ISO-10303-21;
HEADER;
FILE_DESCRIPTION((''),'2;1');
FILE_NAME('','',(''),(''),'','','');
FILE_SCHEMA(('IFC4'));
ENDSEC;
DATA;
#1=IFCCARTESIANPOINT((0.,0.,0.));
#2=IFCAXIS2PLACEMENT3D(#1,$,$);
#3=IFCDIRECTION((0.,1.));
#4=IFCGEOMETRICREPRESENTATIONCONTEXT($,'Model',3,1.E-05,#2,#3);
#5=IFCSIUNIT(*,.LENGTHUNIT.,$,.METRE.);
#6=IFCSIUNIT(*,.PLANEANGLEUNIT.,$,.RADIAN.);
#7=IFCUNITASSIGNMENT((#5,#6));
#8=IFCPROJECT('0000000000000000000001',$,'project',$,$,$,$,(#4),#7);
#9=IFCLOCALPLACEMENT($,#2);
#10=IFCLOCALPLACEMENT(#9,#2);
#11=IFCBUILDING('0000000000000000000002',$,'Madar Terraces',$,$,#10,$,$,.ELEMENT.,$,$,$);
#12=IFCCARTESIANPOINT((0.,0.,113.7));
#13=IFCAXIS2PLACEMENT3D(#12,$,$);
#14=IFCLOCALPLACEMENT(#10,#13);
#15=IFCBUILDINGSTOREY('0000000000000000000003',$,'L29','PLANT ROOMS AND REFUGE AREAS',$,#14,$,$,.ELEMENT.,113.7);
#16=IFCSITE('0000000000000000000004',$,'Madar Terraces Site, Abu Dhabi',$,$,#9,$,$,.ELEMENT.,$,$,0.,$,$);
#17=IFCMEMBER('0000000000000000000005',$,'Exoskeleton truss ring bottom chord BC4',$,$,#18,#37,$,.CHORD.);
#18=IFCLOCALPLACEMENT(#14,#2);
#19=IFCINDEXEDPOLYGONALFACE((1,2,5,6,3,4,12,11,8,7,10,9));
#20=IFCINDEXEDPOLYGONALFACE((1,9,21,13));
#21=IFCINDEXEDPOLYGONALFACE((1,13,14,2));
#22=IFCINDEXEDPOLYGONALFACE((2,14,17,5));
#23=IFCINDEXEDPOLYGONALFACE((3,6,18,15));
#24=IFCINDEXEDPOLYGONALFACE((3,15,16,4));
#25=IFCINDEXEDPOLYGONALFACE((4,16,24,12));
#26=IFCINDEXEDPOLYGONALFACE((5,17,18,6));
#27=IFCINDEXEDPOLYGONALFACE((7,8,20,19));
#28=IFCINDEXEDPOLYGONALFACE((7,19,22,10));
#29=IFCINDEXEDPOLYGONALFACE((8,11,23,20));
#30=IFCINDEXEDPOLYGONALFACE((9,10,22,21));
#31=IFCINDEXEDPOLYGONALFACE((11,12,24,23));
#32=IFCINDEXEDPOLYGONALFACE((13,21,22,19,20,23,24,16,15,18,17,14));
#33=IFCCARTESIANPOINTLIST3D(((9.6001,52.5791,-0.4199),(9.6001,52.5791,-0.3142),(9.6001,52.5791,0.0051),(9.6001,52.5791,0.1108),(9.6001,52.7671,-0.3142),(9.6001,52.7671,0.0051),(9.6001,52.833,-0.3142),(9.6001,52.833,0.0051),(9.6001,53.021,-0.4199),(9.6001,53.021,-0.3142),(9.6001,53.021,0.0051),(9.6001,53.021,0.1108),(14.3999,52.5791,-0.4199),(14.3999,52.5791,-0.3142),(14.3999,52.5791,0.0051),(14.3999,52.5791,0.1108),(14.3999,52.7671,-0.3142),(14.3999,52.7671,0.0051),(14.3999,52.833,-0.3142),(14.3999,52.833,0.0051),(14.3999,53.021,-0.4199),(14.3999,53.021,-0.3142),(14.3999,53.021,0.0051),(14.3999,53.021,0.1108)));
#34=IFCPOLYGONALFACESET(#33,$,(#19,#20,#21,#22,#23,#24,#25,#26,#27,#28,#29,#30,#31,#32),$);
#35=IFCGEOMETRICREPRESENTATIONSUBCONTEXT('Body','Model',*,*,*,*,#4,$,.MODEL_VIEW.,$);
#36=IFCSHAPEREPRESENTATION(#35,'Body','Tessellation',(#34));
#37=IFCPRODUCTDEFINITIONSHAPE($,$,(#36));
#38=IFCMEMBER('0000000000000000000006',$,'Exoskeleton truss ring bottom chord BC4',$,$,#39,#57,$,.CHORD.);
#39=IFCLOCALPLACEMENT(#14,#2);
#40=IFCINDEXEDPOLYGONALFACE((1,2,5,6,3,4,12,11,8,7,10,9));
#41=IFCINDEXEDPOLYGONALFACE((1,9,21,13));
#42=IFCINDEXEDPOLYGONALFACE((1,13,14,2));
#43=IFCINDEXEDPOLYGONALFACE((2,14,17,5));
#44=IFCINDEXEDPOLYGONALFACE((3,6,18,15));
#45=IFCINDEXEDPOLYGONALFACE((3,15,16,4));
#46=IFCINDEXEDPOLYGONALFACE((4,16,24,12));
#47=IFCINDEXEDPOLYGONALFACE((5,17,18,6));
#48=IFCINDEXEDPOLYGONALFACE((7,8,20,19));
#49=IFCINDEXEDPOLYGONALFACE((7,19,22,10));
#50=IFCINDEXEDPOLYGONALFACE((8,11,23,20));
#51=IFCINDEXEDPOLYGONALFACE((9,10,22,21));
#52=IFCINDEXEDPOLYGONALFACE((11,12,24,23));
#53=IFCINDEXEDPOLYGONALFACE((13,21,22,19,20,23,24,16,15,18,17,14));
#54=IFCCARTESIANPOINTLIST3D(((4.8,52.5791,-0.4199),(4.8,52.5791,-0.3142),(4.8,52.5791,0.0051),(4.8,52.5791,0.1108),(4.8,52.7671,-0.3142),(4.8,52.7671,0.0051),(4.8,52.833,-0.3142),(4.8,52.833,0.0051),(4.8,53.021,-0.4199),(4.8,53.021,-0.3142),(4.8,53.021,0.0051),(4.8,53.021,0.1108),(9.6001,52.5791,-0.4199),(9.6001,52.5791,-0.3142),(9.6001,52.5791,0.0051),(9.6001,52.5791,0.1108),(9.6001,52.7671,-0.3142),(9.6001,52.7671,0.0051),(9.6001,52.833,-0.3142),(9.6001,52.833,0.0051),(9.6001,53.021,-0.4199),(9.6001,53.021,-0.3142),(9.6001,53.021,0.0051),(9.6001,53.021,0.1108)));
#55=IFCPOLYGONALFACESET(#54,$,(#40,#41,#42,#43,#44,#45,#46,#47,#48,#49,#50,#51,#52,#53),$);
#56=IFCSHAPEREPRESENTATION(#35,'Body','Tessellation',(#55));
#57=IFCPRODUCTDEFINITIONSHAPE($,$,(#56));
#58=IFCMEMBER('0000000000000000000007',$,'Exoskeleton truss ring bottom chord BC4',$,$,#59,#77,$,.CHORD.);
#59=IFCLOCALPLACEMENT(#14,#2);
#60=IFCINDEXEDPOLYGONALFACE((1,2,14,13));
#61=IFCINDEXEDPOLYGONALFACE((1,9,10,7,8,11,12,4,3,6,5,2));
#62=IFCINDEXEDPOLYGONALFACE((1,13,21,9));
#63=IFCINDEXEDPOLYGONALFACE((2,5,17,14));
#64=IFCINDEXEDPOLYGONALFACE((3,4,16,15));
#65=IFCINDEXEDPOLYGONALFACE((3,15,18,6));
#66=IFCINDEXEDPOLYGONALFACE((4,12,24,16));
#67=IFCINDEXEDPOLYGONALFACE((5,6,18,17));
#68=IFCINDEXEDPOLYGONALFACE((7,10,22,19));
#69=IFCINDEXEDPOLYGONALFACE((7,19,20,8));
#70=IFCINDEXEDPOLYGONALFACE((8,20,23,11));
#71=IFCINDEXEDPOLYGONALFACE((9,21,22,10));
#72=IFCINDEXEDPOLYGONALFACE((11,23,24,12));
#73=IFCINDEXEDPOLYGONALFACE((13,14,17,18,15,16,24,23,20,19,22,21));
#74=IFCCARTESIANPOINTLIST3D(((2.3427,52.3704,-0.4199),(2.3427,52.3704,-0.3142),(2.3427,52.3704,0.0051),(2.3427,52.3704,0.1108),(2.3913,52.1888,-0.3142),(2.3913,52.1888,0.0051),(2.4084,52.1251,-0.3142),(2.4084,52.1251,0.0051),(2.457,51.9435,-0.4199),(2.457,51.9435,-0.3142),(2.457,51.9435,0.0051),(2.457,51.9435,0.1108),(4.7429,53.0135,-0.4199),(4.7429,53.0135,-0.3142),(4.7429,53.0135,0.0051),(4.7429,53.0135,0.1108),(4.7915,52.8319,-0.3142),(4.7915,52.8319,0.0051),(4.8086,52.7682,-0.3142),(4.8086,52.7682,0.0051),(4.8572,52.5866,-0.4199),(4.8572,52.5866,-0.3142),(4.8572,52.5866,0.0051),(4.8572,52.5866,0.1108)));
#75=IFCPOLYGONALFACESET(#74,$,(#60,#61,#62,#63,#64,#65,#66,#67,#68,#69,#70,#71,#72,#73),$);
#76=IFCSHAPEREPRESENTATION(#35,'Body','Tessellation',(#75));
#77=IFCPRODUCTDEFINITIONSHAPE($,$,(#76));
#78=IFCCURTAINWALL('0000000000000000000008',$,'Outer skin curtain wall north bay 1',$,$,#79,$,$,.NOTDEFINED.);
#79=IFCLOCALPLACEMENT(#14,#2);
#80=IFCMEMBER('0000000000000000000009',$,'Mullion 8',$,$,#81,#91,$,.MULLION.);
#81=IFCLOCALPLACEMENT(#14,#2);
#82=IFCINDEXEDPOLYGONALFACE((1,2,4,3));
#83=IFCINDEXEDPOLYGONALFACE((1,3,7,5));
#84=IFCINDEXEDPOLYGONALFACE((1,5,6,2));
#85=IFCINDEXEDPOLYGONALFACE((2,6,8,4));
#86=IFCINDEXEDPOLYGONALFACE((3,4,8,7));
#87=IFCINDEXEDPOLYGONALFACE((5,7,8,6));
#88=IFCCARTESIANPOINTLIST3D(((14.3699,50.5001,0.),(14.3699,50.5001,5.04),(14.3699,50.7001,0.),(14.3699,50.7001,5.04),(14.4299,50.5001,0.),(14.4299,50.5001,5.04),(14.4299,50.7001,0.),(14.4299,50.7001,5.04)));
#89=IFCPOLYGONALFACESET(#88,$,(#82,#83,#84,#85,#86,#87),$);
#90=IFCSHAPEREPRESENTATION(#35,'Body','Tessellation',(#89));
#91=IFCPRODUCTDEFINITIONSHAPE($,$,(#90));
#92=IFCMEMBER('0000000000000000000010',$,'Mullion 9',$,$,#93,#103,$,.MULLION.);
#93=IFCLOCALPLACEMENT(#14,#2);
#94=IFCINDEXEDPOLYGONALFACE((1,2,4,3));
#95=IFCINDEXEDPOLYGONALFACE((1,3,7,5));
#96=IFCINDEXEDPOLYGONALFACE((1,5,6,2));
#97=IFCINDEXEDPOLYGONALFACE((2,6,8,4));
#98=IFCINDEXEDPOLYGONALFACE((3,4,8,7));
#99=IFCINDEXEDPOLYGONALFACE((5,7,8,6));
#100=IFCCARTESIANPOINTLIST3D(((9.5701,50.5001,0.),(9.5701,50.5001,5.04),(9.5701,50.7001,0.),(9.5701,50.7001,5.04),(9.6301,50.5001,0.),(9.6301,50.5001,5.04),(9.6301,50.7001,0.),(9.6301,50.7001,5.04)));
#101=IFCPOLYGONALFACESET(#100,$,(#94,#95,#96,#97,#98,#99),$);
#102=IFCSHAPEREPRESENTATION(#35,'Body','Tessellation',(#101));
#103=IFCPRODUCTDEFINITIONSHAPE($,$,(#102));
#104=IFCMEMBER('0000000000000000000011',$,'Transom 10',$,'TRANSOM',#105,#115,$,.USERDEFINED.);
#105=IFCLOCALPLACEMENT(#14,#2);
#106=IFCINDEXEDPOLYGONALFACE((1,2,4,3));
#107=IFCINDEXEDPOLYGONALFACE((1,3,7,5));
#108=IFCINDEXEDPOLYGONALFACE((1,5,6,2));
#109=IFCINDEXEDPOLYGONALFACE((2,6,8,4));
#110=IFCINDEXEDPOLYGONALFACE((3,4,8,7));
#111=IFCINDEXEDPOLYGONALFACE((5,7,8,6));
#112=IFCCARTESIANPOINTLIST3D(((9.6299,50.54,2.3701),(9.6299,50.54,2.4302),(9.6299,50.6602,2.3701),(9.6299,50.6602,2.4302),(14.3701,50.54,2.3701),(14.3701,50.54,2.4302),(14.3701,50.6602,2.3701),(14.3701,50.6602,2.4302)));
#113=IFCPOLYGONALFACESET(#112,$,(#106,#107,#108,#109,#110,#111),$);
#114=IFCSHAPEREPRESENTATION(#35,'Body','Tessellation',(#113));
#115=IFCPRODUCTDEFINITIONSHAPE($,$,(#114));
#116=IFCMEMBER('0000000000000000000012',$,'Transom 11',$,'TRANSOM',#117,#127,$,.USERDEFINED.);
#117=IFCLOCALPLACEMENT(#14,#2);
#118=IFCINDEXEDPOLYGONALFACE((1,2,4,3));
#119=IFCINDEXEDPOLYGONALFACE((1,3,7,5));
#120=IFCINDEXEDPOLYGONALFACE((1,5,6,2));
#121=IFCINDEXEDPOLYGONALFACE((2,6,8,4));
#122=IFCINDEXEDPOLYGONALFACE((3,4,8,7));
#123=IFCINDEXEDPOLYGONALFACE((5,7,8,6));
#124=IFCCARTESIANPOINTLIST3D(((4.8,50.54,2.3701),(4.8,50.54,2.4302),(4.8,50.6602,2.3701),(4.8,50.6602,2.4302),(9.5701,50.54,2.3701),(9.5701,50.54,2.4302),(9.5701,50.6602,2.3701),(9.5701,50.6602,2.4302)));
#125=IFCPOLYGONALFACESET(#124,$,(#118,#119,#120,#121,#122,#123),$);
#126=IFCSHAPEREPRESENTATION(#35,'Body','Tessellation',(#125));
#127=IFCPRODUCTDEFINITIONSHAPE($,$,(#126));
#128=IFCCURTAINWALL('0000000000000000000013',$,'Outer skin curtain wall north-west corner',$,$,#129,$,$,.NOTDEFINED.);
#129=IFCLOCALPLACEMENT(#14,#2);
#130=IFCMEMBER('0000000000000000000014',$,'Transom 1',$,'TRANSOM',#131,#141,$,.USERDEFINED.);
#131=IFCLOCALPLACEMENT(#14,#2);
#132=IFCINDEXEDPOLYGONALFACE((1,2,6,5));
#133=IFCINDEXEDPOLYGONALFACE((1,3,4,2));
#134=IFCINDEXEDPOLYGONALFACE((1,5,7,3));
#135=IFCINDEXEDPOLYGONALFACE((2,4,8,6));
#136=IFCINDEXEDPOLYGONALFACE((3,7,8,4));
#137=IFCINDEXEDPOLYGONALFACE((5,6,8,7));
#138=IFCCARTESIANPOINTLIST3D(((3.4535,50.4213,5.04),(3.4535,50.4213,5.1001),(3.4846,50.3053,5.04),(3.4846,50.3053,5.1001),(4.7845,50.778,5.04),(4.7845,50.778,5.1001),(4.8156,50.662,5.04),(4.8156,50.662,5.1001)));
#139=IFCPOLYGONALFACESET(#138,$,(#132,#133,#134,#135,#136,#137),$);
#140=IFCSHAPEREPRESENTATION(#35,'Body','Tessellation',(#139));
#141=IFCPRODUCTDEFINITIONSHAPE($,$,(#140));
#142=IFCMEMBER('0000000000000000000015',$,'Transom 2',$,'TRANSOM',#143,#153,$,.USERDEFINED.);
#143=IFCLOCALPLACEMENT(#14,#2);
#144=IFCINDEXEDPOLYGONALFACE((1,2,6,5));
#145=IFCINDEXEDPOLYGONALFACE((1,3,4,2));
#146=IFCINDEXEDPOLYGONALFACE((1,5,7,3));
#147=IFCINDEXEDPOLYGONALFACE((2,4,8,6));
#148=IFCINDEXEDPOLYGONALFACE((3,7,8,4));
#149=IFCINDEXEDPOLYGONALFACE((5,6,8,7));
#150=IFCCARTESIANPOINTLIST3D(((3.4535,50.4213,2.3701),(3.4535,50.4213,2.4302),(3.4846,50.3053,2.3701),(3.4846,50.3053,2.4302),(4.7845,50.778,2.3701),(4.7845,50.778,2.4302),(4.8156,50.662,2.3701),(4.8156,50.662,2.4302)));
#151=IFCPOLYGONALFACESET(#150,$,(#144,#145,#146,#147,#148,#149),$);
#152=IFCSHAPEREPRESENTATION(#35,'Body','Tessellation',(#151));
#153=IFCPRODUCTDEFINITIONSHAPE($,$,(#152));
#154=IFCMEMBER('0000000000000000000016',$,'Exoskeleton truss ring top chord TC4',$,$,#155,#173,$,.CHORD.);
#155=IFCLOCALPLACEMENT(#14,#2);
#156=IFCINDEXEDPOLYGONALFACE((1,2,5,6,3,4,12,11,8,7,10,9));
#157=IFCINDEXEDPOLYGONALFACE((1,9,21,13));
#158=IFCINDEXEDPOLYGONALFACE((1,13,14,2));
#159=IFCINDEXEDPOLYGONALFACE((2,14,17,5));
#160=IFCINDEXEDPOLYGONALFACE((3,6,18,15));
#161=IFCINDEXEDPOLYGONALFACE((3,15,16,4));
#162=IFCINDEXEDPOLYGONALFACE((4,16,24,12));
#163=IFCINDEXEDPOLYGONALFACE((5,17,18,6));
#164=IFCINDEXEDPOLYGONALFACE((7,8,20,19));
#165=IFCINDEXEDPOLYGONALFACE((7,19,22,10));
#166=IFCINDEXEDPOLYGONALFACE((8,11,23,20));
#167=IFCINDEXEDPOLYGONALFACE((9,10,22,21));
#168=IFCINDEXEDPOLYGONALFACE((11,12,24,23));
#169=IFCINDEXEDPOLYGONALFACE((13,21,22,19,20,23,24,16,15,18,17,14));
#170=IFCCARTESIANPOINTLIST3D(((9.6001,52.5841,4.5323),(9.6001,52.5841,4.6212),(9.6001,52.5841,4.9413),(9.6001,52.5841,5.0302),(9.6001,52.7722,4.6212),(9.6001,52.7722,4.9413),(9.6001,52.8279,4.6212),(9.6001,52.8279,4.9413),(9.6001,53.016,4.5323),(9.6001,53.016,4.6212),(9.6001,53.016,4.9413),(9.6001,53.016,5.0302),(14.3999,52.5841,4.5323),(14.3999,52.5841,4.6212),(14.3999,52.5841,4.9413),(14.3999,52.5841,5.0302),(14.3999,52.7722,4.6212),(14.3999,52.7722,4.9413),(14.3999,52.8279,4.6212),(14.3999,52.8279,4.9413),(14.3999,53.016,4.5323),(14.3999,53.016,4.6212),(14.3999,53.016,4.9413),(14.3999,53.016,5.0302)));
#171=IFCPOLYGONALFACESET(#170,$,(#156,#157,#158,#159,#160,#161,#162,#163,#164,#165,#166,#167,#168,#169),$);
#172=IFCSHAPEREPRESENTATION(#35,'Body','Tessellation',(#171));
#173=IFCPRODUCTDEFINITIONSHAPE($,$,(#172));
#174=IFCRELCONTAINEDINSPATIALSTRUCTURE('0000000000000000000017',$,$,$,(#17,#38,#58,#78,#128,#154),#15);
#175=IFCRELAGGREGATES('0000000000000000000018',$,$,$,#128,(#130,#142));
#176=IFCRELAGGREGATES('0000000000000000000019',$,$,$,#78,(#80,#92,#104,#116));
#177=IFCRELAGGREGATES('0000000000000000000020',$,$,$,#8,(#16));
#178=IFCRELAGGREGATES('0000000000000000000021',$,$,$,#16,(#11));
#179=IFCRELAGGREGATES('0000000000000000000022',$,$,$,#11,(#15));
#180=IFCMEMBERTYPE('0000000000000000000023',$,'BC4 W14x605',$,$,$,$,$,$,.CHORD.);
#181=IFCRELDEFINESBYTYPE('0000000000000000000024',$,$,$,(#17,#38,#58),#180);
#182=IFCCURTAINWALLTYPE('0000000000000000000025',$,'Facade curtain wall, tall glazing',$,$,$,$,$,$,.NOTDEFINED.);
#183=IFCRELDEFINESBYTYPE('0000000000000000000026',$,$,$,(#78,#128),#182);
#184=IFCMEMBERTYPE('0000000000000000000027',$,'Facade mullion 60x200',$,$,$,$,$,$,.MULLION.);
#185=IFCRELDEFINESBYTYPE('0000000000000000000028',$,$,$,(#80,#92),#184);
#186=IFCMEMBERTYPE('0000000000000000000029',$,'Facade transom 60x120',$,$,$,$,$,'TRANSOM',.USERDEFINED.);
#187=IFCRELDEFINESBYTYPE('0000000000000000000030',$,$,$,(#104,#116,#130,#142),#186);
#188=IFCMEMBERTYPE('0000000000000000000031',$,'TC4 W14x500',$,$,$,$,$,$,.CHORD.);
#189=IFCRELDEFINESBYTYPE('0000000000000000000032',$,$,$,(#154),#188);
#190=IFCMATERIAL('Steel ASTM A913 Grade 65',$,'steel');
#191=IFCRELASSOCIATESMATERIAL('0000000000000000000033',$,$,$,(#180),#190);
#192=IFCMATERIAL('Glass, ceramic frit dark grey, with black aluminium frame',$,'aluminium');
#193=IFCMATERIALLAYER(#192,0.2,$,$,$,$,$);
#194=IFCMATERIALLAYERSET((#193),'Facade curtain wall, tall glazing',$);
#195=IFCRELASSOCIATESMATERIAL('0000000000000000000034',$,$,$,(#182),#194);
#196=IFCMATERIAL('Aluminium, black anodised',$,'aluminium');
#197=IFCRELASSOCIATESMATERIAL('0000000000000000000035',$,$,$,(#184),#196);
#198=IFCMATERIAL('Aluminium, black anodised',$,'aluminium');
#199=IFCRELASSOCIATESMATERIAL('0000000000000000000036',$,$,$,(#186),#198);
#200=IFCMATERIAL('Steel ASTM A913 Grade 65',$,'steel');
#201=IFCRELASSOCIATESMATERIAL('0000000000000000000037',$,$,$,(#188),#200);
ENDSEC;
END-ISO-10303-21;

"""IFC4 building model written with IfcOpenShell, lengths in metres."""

from ifc_helpers import new_model, si_unit, direction, frame, origin, origin_2d, place, context, subcontext, project, spatial, rectangle, i_section, extrude, material, layer, layer_set, material_profile, profile_set, type_object, element, aggregate, save


model = new_model("IFC4")

# Units and contexts
model_context = context("Model", 3, precision=1e-05, world=origin(), true_north=direction((0.0, 1.0)))
body_context = subcontext(model_context, "Body", "Model", "MODEL_VIEW")
ifc_project = project(units=[si_unit("LENGTHUNIT", "METRE"), si_unit("PLANEANGLEUNIT", "RADIAN")], contexts=[model_context])

# Site, building, storey
site_placement = place(None, origin())
site = spatial("IfcSite", under=ifc_project, at=site_placement, Name="Madar Terraces Site, Abu Dhabi", CompositionType="ELEMENT", RefElevation=0.0)
building_placement = place(site_placement, origin())
building = spatial("IfcBuilding", under=site, at=building_placement, Name="Madar Terraces", CompositionType="ELEMENT")
storey_placement = place(building_placement, frame((0.0, 0.0, 113.7)))
storey = spatial("IfcBuildingStorey", under=building, at=storey_placement, Name="L29", Description="PLANT ROOMS AND REFUGE AREAS", CompositionType="ELEMENT", Elevation=113.7)

# Members
ifc_material_1 = material(Name="Steel ASTM A913 Grade 65", Category="steel")
ifc_material_profile_1 = material_profile(ifc_material_1, i_section(OverallWidth=0.4419, OverallDepth=0.5308, WebThickness=0.0659, FlangeThickness=0.1057, at=origin_2d()), Name="W14x605")
ifc_profile_set_1 = profile_set([ifc_material_profile_1], Name="Steel ASTM A913 Grade 65")
member_type_1 = type_object("IfcMemberType", Name="BC4 W14x605", PredefinedType="CHORD", material=ifc_profile_set_1)
member_1_placement = place(storey_placement, frame((14.3999, 52.8, -0.1545), z_axis=(-1.0, 0.0, 0.0), x_axis=(0.0, -1.0, 0.0)))
element("IfcMember", 1, at=member_1_placement, inside=storey, type_object=member_type_1, Name="Exoskeleton truss ring bottom chord BC4", PredefinedType="CHORD", context=body_context, shape_type="SweptSolid", body=[
    extrude(i_section(OverallWidth=0.4419, OverallDepth=0.5308, WebThickness=0.0659, FlangeThickness=0.1057, at=origin_2d()), origin(), (0.0, 0.0, 1.0), 4.7998),
])
member_2_placement = place(storey_placement, frame((9.6001, 52.8, -0.1545), z_axis=(-1.0, 0.0, 0.0), x_axis=(0.0, -1.0, 0.0)))
element("IfcMember", 2, at=member_2_placement, inside=storey, type_object=member_type_1, Name="Exoskeleton truss ring bottom chord BC4", PredefinedType="CHORD", context=body_context, shape_type="SweptSolid", body=[
    extrude(i_section(OverallWidth=0.4419, OverallDepth=0.5308, WebThickness=0.0659, FlangeThickness=0.1057, at=origin_2d()), origin(), (0.0, 0.0, 1.0), 4.8),
])
member_3_placement = place(storey_placement, frame((4.8, 52.8, -0.1545), z_axis=(-0.965931, -0.2588, 0.0), x_axis=(0.2588, -0.965931, 0.0)))
element("IfcMember", 3, at=member_3_placement, inside=storey, type_object=member_type_1, Name="Exoskeleton truss ring bottom chord BC4", PredefinedType="CHORD", context=body_context, shape_type="SweptSolid", body=[
    extrude(i_section(OverallWidth=0.4419, OverallDepth=0.5308, WebThickness=0.0659, FlangeThickness=0.1057, at=origin_2d()), origin(), (0.0, 0.0, 1.0), 2.4849),
])

# Curtain walls, members
ifc_material_2 = material(Name="Glass, ceramic frit dark grey, with black aluminium frame", Category="aluminium")
ifc_layer_1 = layer(ifc_material_2, 0.2)
ifc_layer_set_1 = layer_set([ifc_layer_1], Name="Facade curtain wall, tall glazing")
curtain_wall_type = type_object("IfcCurtainWallType", Name="Facade curtain wall, tall glazing", PredefinedType="NOTDEFINED", material=ifc_layer_set_1)
curtain_wall_1_placement = place(storey_placement, origin())
curtain_wall_1 = element("IfcCurtainWall", 4, at=curtain_wall_1_placement, inside=storey, type_object=curtain_wall_type, Name="Outer skin curtain wall north bay 1", PredefinedType="NOTDEFINED")
ifc_material_3 = material(Name="Aluminium, black anodised", Category="aluminium")
ifc_material_profile_2 = material_profile(ifc_material_3, rectangle(XDim=0.2, YDim=0.0601, at=origin_2d()), Name="Facade mullion 60x200")
ifc_profile_set_2 = profile_set([ifc_material_profile_2], Name="Aluminium, black anodised")
member_type_2 = type_object("IfcMemberType", Name="Facade mullion 60x200", PredefinedType="MULLION", material=ifc_profile_set_2)
member_4_placement = place(storey_placement, frame((14.3999, 50.6001, 0.0), z_axis=(0.0, 0.0, 1.0), x_axis=(0.0, -1.0, 0.0)))
member_4 = element("IfcMember", 5, at=member_4_placement, type_object=member_type_2, Name="Mullion 8", PredefinedType="MULLION", context=body_context, shape_type="SweptSolid", body=[
    extrude(rectangle(XDim=0.2, YDim=0.0601, at=origin_2d()), origin(), (0.0, 0.0, 1.0), 5.04),
])
member_5_placement = place(storey_placement, frame((9.6001, 50.6001, 0.0), z_axis=(0.0, 0.0, 1.0), x_axis=(0.0, -1.0, 0.0)))
member_5 = element("IfcMember", 6, at=member_5_placement, type_object=member_type_2, Name="Mullion 9", PredefinedType="MULLION", context=body_context, shape_type="SweptSolid", body=[
    extrude(rectangle(XDim=0.2, YDim=0.0601, at=origin_2d()), origin(), (0.0, 0.0, 1.0), 5.04),
])
ifc_material_4 = material(Name="Aluminium, black anodised", Category="aluminium")
ifc_material_profile_3 = material_profile(ifc_material_4, rectangle(XDim=0.1201, YDim=0.0601, at=origin_2d()), Name="Facade transom 60x120")
ifc_profile_set_3 = profile_set([ifc_material_profile_3], Name="Aluminium, black anodised")
member_type_3 = type_object("IfcMemberType", Name="Facade transom 60x120", ElementType="TRANSOM", PredefinedType="USERDEFINED", material=ifc_profile_set_3)
member_6_placement = place(storey_placement, frame((14.3701, 50.6001, 2.4001), z_axis=(-1.0, 0.0, 0.0), x_axis=(0.0, -1.0, 0.0)))
member_6 = element("IfcMember", 7, at=member_6_placement, type_object=member_type_3, Name="Transom 10", ObjectType="TRANSOM", PredefinedType="USERDEFINED", context=body_context, shape_type="SweptSolid", body=[
    extrude(rectangle(XDim=0.1201, YDim=0.0601, at=origin_2d()), origin(), (0.0, 0.0, 1.0), 4.7402),
])
member_7_placement = place(storey_placement, frame((9.5701, 50.6001, 2.4001), z_axis=(-1.0, 0.0, 0.0), x_axis=(0.0, -1.0, 0.0)))
member_7 = element("IfcMember", 8, at=member_7_placement, type_object=member_type_3, Name="Transom 11", ObjectType="TRANSOM", PredefinedType="USERDEFINED", context=body_context, shape_type="SweptSolid", body=[
    extrude(rectangle(XDim=0.1201, YDim=0.0601, at=origin_2d()), origin(), (0.0, 0.0, 1.0), 4.77),
])
curtain_wall_2_placement = place(storey_placement, origin())
curtain_wall_2 = element("IfcCurtainWall", 9, at=curtain_wall_2_placement, inside=storey, type_object=curtain_wall_type, Name="Outer skin curtain wall north-west corner", PredefinedType="NOTDEFINED")
member_8_placement = place(storey_placement, frame((4.8, 50.72, 5.0701), z_axis=(-0.96592, -0.258842, 0.0), x_axis=(0.258842, -0.96592, 0.0)))
member_8 = element("IfcMember", 10, at=member_8_placement, type_object=member_type_3, Name="Transom 1", ObjectType="TRANSOM", PredefinedType="USERDEFINED", context=body_context, shape_type="SweptSolid", body=[
    extrude(rectangle(XDim=0.1201, YDim=0.0601, at=origin_2d()), origin(), (0.0, 0.0, 1.0), 1.3779),
])
member_9_placement = place(storey_placement, frame((4.8, 50.72, 2.4001), z_axis=(-0.96592, -0.258842, 0.0), x_axis=(0.258842, -0.96592, 0.0)))
member_9 = element("IfcMember", 11, at=member_9_placement, type_object=member_type_3, Name="Transom 2", ObjectType="TRANSOM", PredefinedType="USERDEFINED", context=body_context, shape_type="SweptSolid", body=[
    extrude(rectangle(XDim=0.1201, YDim=0.0601, at=origin_2d()), origin(), (0.0, 0.0, 1.0), 1.3779),
])
aggregate(curtain_wall_2, [member_8, member_9])

# Member
ifc_material_5 = material(Name="Steel ASTM A913 Grade 65", Category="steel")
ifc_material_profile_4 = material_profile(ifc_material_5, i_section(OverallWidth=0.4319, OverallDepth=0.4978, WebThickness=0.0557, FlangeThickness=0.0889, at=origin_2d()), Name="W14x500")
ifc_profile_set_4 = profile_set([ifc_material_profile_4], Name="Steel ASTM A913 Grade 65")
member_type_4 = type_object("IfcMemberType", Name="TC4 W14x500", PredefinedType="CHORD", material=ifc_profile_set_4)
member_10_placement = place(storey_placement, frame((14.3999, 52.8, 4.7812), z_axis=(-1.0, 0.0, 0.0), x_axis=(0.0, -1.0, 0.0)))
element("IfcMember", 12, at=member_10_placement, inside=storey, type_object=member_type_4, Name="Exoskeleton truss ring top chord TC4", PredefinedType="CHORD", context=body_context, shape_type="SweptSolid", body=[
    extrude(i_section(OverallWidth=0.4319, OverallDepth=0.4978, WebThickness=0.0557, FlangeThickness=0.0889, at=origin_2d()), origin(), (0.0, 0.0, 1.0), 4.7998),
])

aggregate(curtain_wall_1, [member_4, member_5, member_6, member_7])

save(model, "model.ifc")
